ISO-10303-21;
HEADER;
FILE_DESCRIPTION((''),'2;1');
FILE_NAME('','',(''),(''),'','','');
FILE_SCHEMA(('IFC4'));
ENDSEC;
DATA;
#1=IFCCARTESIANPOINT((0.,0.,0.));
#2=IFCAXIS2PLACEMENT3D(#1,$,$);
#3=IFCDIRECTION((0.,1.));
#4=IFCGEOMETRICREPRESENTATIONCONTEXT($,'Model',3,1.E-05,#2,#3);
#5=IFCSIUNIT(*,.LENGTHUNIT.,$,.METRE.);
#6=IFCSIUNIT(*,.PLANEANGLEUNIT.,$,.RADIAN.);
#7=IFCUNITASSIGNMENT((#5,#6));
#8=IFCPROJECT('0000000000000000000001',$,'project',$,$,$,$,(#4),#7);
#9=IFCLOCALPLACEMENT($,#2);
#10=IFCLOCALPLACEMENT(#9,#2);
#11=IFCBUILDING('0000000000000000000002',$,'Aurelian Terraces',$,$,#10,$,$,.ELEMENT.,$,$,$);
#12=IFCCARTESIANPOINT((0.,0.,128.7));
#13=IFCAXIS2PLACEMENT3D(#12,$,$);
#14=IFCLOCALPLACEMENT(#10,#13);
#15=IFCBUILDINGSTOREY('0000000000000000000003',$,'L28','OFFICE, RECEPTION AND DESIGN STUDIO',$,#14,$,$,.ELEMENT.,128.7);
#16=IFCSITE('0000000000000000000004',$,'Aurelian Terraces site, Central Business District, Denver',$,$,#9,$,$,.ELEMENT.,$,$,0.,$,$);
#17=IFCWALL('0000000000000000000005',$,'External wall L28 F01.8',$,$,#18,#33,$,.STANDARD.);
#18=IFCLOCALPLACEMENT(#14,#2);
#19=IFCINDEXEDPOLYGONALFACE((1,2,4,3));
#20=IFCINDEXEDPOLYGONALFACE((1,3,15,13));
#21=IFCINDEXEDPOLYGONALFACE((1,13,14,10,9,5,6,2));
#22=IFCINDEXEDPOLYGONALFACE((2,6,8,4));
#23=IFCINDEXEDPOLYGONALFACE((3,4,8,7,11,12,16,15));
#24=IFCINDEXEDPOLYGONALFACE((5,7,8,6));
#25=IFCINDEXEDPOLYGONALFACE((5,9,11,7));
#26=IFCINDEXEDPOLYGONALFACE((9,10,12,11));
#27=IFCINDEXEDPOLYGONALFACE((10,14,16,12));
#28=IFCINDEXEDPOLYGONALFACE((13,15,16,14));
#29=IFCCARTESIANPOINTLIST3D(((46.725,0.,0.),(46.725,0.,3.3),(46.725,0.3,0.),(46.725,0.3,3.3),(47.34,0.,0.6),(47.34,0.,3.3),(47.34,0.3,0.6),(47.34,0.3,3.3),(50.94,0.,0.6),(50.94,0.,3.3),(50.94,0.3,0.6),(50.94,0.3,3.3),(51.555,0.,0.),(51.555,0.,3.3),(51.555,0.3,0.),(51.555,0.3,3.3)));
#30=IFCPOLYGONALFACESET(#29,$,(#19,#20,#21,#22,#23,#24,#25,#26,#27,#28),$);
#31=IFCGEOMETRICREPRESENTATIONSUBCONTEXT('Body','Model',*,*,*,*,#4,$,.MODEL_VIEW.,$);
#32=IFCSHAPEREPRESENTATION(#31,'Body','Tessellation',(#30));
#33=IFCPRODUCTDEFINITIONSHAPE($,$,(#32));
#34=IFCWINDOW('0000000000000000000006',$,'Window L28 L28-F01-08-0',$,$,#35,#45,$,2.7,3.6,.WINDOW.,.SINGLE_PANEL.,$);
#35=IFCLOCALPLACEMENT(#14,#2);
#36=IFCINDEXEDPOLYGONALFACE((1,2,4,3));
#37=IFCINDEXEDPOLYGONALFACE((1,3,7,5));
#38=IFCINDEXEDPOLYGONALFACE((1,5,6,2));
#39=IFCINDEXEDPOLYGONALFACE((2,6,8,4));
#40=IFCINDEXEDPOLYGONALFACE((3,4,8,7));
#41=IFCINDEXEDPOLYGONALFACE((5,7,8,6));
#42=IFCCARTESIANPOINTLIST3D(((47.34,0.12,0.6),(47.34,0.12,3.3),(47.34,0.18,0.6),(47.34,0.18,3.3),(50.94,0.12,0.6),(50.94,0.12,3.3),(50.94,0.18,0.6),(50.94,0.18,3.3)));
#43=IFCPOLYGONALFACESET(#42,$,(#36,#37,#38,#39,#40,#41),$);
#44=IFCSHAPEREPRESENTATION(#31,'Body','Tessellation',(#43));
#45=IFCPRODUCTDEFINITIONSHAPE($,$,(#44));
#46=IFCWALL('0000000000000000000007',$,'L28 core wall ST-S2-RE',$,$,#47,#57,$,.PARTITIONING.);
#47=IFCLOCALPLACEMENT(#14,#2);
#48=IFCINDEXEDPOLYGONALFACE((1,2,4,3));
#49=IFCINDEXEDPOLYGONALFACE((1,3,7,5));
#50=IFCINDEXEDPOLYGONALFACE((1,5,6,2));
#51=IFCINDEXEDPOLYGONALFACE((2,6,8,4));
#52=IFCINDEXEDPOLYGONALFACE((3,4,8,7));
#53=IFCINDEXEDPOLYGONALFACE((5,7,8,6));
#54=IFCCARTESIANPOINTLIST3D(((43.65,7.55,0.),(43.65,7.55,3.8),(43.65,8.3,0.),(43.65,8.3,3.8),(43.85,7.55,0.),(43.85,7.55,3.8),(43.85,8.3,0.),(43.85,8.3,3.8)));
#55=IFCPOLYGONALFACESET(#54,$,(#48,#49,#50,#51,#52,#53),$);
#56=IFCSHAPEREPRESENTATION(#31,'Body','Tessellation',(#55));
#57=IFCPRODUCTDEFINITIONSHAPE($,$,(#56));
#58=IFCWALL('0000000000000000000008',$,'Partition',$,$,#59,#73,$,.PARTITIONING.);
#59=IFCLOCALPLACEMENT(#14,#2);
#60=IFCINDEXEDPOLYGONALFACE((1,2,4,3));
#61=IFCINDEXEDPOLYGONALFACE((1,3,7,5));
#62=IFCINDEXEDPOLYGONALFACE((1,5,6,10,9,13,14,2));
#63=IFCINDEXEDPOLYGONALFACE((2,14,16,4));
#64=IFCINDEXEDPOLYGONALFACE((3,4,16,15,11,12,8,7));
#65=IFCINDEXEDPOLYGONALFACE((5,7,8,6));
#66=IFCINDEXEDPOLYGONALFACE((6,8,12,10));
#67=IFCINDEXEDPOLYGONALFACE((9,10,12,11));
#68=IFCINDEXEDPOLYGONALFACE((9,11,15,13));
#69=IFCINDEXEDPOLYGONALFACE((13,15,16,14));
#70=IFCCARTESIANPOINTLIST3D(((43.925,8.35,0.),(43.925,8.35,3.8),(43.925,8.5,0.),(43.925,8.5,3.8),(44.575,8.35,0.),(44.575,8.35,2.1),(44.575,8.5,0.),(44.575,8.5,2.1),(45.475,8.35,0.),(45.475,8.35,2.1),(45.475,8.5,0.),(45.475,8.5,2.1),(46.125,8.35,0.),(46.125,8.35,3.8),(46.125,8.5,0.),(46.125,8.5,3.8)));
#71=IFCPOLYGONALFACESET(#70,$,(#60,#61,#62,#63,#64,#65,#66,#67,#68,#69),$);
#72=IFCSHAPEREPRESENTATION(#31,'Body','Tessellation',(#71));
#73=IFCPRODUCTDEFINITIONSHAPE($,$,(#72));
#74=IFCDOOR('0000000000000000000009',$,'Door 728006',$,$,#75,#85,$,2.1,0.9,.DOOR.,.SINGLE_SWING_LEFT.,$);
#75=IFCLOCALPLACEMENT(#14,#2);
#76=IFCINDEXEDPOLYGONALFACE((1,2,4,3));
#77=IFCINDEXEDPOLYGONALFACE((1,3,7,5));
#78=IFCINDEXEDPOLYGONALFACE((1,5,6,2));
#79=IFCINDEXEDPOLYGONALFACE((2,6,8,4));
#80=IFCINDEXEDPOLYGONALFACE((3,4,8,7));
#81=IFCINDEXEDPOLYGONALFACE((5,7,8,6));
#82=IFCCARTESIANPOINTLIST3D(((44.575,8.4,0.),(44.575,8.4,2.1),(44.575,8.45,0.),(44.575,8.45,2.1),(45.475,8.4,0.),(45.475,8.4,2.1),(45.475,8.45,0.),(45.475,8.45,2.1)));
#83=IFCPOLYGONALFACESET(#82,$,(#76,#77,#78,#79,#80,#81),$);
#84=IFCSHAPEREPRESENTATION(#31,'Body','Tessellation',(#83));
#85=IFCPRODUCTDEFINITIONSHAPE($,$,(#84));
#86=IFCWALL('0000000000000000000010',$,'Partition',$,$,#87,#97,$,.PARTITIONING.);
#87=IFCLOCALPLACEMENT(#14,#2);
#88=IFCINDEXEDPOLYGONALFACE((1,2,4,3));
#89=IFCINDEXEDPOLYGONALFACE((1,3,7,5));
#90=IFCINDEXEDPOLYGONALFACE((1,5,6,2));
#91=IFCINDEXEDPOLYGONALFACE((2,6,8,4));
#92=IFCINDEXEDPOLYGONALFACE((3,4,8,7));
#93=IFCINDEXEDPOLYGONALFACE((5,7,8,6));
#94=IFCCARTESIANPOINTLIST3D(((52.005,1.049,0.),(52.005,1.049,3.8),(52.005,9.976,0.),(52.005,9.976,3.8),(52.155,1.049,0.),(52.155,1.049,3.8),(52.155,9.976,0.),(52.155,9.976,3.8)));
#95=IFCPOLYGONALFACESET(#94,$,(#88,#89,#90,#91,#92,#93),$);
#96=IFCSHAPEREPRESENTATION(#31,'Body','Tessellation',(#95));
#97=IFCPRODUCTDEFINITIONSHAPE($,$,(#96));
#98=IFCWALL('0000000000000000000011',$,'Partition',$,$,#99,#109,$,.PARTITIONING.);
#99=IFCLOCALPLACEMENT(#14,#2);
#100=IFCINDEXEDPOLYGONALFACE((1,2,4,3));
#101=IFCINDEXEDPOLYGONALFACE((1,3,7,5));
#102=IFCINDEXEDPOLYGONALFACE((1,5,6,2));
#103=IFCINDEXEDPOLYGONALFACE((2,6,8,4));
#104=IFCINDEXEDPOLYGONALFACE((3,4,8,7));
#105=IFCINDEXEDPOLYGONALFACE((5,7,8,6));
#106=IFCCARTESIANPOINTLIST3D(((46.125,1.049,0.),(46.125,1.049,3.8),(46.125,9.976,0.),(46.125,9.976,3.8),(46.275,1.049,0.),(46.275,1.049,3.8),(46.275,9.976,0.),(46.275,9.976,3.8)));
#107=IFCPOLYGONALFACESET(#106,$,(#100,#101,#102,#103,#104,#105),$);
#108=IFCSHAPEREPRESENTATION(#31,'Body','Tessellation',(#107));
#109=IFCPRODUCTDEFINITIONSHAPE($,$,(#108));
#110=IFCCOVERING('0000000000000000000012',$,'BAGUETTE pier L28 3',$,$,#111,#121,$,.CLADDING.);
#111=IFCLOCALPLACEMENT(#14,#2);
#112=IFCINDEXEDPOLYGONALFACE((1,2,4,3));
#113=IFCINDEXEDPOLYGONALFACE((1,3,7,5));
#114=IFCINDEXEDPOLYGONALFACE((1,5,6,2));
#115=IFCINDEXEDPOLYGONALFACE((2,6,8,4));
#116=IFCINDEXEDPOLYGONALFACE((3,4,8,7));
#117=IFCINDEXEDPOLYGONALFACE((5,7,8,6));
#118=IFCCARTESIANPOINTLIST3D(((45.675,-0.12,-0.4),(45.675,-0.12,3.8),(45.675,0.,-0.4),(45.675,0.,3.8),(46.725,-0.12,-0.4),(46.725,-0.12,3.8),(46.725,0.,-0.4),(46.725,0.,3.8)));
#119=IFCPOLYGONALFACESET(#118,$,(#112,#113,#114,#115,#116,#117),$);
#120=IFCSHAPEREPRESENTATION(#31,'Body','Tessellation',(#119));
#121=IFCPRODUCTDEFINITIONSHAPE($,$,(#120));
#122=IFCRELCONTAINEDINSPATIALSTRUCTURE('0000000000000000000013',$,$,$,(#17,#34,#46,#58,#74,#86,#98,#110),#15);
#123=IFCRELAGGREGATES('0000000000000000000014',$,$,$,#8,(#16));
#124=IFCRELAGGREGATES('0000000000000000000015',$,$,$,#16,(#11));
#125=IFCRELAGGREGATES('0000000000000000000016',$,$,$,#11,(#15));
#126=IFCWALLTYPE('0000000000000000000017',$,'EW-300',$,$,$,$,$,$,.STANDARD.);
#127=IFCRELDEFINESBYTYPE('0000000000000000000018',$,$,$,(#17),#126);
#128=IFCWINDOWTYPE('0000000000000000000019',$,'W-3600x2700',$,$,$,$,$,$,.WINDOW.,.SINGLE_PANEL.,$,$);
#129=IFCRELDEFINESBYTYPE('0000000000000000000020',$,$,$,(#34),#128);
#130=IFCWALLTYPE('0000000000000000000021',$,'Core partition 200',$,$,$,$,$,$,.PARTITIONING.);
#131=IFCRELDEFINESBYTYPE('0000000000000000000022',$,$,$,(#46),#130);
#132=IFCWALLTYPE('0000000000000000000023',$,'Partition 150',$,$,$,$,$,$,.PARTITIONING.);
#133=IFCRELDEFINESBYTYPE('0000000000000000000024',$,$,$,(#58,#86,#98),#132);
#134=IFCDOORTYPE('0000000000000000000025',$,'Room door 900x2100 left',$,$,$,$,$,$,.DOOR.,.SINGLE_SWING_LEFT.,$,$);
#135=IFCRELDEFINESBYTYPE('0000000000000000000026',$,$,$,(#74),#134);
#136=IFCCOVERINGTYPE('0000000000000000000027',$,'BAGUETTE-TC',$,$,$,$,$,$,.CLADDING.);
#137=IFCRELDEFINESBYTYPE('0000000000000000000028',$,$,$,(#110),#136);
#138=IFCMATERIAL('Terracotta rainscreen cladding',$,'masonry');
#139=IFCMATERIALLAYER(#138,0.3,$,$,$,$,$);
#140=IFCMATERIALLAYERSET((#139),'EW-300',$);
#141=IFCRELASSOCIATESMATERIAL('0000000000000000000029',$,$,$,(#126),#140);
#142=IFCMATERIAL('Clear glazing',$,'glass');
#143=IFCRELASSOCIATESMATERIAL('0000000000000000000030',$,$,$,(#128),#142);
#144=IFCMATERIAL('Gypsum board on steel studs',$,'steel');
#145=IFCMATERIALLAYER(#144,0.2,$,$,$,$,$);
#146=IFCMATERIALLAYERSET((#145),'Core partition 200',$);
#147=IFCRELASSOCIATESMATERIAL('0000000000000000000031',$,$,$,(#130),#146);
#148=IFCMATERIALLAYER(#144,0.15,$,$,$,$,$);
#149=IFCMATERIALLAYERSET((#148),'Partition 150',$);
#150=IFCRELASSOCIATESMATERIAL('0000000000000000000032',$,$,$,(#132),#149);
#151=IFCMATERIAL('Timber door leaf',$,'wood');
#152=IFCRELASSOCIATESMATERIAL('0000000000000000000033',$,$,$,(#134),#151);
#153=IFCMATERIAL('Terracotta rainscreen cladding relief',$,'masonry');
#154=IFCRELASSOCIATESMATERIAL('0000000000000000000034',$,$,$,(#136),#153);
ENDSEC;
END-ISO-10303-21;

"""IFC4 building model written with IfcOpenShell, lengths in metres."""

from ifc_helpers import new_model, si_unit, direction, frame, frame_2d, origin, origin_2d, place, context, subcontext, project, spatial, rectangle, extrude, source, transform, mapped, material, layer, layer_set, type_object, element, fill, save


model = new_model("IFC4")

# Units and contexts
model_context = context("Model", 3, precision=1e-05, world=origin(), true_north=direction((0.0, 1.0)))
body_context = subcontext(model_context, "Body", "Model", "MODEL_VIEW")
ifc_project = project(units=[si_unit("LENGTHUNIT", "METRE"), si_unit("PLANEANGLEUNIT", "RADIAN")], contexts=[model_context])

# Site, building, storey
site_placement = place(None, origin())
site = spatial("IfcSite", under=ifc_project, at=site_placement, Name="Aurelian Terraces site, Central Business District, Denver", CompositionType="ELEMENT", RefElevation=0.0)
building_placement = place(site_placement, origin())
building = spatial("IfcBuilding", under=site, at=building_placement, Name="Aurelian Terraces", CompositionType="ELEMENT")
storey_placement = place(building_placement, frame((0.0, 0.0, 128.7)))
storey = spatial("IfcBuildingStorey", under=building, at=storey_placement, Name="L28", Description="OFFICE, RECEPTION AND DESIGN STUDIO", CompositionType="ELEMENT", Elevation=128.7)

# Wall, opening, window
ifc_material_1 = material(Name="Terracotta rainscreen cladding", Category="masonry")
ifc_layer_1 = layer(ifc_material_1, 0.3)
ifc_layer_set_1 = layer_set([ifc_layer_1], Name="EW-300")
wall_type_1 = type_object("IfcWallType", Name="EW-300", PredefinedType="STANDARD", material=ifc_layer_set_1)
shared_shape_1 = source(origin(), body_context, "Body", "SweptSolid", [
    extrude(rectangle(XDim=3.6, YDim=2.7, at=frame_2d((1.8, 1.35))), frame((0.0, 0.16, 0.0), z_axis=(0.0, -1.0, 0.0), x_axis=(1.0, 0.0, 0.0)), (0.0, 0.0, 1.0), 0.32),
])
ifc_material_2 = material(Name="Clear glazing", Category="glass")
window_type_1 = type_object("IfcWindowType", Name="W-3600x2700", PartitioningType="SINGLE_PANEL", PredefinedType="WINDOW", material=ifc_material_2)
shared_shape_2 = source(origin(), body_context, "Body", "SweptSolid", [
    extrude(rectangle(XDim=3.6, YDim=2.7, at=frame_2d((1.8, 1.35))), frame((0.0, 0.03, 0.0), z_axis=(0.0, -1.0, 0.0), x_axis=(1.0, 0.0, 0.0)), (0.0, 0.0, 1.0), 0.06),
])
shared_shape_3 = source(origin(), body_context, "Body", "SweptSolid", [
    extrude(rectangle(XDim=4.83, YDim=0.3, at=frame_2d((2.415, 0.0))), origin(), (0.0, 0.0, 1.0), 3.3),
])
wall_1_placement = place(storey_placement, frame((46.725, 0.15, 0.0), z_axis=(0.0, 0.0, 1.0), x_axis=(1.0, 0.0, 0.0)))
wall_1 = element("IfcWall", 1, at=wall_1_placement, inside=storey, type_object=wall_type_1, Name="External wall L28 F01.8", PredefinedType="STANDARD", context=body_context, shape_type="MappedRepresentation", body=[
    mapped(shared_shape_3, transform((0.0, 0.0, 0.0), scale=1.0)),
])
opening_1_placement = place(wall_1_placement, frame((0.615, 0.0, 0.6)))
opening_1 = element("IfcOpeningElement", 2, at=opening_1_placement, cuts=wall_1, PredefinedType="OPENING", context=body_context, shape_type="MappedRepresentation", body=[
    mapped(shared_shape_1, transform((0.0, 0.0, 0.0), scale=1.0)),
])
window_1_placement = place(opening_1_placement, origin())
window_1 = element("IfcWindow", 3, at=window_1_placement, inside=storey, type_object=window_type_1, Name="Window L28 L28-F01-08-0", OverallHeight=2.7, OverallWidth=3.6, PartitioningType="SINGLE_PANEL", PredefinedType="WINDOW", context=body_context, shape_type="MappedRepresentation", body=[
    mapped(shared_shape_2, transform((0.0, 0.0, 0.0), scale=1.0)),
])
fill(opening_1, window_1)

# Wall
ifc_material_3 = material(Name="Gypsum board on steel studs", Category="steel")
ifc_layer_2 = layer(ifc_material_3, 0.2)
ifc_layer_set_2 = layer_set([ifc_layer_2], Name="Core partition 200")
wall_type_2 = type_object("IfcWallType", Name="Core partition 200", PredefinedType="PARTITIONING", material=ifc_layer_set_2)
shared_shape_4 = source(origin(), body_context, "Body", "SweptSolid", [
    extrude(rectangle(XDim=0.75, YDim=0.2, at=frame_2d((0.375, 0.0))), origin(), (0.0, 0.0, 1.0), 3.8),
])
wall_2_placement = place(storey_placement, frame((43.75, 7.55, 0.0), z_axis=(0.0, 0.0, 1.0), x_axis=(0.0, 1.0, 0.0)))
element("IfcWall", 4, at=wall_2_placement, inside=storey, type_object=wall_type_2, Name="L28 core wall ST-S2-RE", PredefinedType="PARTITIONING", context=body_context, shape_type="MappedRepresentation", body=[
    mapped(shared_shape_4, transform((0.0, 0.0, 0.0), scale=1.0)),
])

# Wall, opening, door
ifc_layer_3 = layer(ifc_material_3, 0.15)
ifc_layer_set_3 = layer_set([ifc_layer_3], Name="Partition 150")
wall_type_3 = type_object("IfcWallType", Name="Partition 150", PredefinedType="PARTITIONING", material=ifc_layer_set_3)
shared_shape_5 = source(origin(), body_context, "Body", "SweptSolid", [
    extrude(rectangle(XDim=2.2, YDim=0.15, at=frame_2d((1.1, 0.0))), origin(), (0.0, 0.0, 1.0), 3.8),
])
wall_3_placement = place(storey_placement, frame((46.125, 8.425, 0.0), z_axis=(0.0, 0.0, 1.0), x_axis=(-1.0, 0.0, 0.0)))
wall_3 = element("IfcWall", 5, at=wall_3_placement, inside=storey, type_object=wall_type_3, Name="Partition", PredefinedType="PARTITIONING", context=body_context, shape_type="MappedRepresentation", body=[
    mapped(shared_shape_5, transform((0.0, 0.0, 0.0), scale=1.0)),
])
shared_shape_6 = source(origin(), body_context, "Body", "SweptSolid", [
    extrude(rectangle(XDim=0.9, YDim=2.1, at=frame_2d((0.45, 1.05))), frame((0.0, 0.085, 0.0), z_axis=(0.0, -1.0, 0.0), x_axis=(1.0, 0.0, 0.0)), (0.0, 0.0, 1.0), 0.17),
])
opening_2_placement = place(wall_3_placement, frame((0.65, 0.0, 0.0)))
opening_2 = element("IfcOpeningElement", 6, at=opening_2_placement, cuts=wall_3, PredefinedType="OPENING", context=body_context, shape_type="MappedRepresentation", body=[
    mapped(shared_shape_6, transform((0.0, 0.0, 0.0), scale=1.0)),
])
ifc_material_4 = material(Name="Timber door leaf", Category="wood")
door_type = type_object("IfcDoorType", Name="Room door 900x2100 left", OperationType="SINGLE_SWING_LEFT", PredefinedType="DOOR", material=ifc_material_4)
shared_shape_7 = source(origin(), body_context, "Body", "SweptSolid", [
    extrude(rectangle(XDim=0.9, YDim=2.1, at=frame_2d((0.45, 1.05))), frame((0.0, 0.025, 0.0), z_axis=(0.0, -1.0, 0.0), x_axis=(1.0, 0.0, 0.0)), (0.0, 0.0, 1.0), 0.05),
])
door_placement = place(opening_2_placement, origin())
door = element("IfcDoor", 7, at=door_placement, inside=storey, type_object=door_type, Name="Door 728006", OperationType="SINGLE_SWING_LEFT", OverallHeight=2.1, OverallWidth=0.9, PredefinedType="DOOR", context=body_context, shape_type="MappedRepresentation", body=[
    mapped(shared_shape_7, transform((0.0, 0.0, 0.0), scale=1.0)),
])
fill(opening_2, door)

# Walls
shared_shape_8 = source(origin(), body_context, "Body", "SweptSolid", [
    extrude(rectangle(XDim=8.927, YDim=0.15, at=frame_2d((4.4635, 0.0))), origin(), (0.0, 0.0, 1.0), 3.8),
])
for number, where, z_axis, x_axis, name in (
    (8, (52.08, 1.049, 0.0), (0.0, 0.0, 1.0), (0.0, 1.0, 0.0), "Partition"),
    (9, (46.2, 1.049, 0.0), (0.0, 0.0, 1.0), (0.0, 1.0, 0.0), "Partition"),
):
    element("IfcWall", number, at=place(storey_placement, frame(where, z_axis=z_axis, x_axis=x_axis)), inside=storey, type_object=wall_type_3, Name=name, PredefinedType="PARTITIONING", context=body_context, shape_type="MappedRepresentation", body=[
        mapped(shared_shape_8, transform((0.0, 0.0, 0.0), scale=1.0)),
    ])

# Covering
ifc_material_5 = material(Name="Terracotta rainscreen cladding relief", Category="masonry")
covering_type = type_object("IfcCoveringType", Name="BAGUETTE-TC", PredefinedType="CLADDING", material=ifc_material_5)
shared_shape_9 = source(origin(), body_context, "Body", "SweptSolid", [
    extrude(rectangle(XDim=1.05, YDim=0.12, at=origin_2d()), origin(), (0.0, 0.0, 1.0), 4.2),
])
covering_placement = place(storey_placement, frame((46.2, -0.06, -0.4), z_axis=(0.0, 0.0, 1.0), x_axis=(1.0, 0.0, 0.0)))
element("IfcCovering", 10, at=covering_placement, inside=storey, type_object=covering_type, Name="BAGUETTE pier L28 3", PredefinedType="CLADDING", context=body_context, shape_type="MappedRepresentation", body=[
    mapped(shared_shape_9, transform((0.0, 0.0, 0.0), scale=1.0)),
])

save(model, "model.ifc")
